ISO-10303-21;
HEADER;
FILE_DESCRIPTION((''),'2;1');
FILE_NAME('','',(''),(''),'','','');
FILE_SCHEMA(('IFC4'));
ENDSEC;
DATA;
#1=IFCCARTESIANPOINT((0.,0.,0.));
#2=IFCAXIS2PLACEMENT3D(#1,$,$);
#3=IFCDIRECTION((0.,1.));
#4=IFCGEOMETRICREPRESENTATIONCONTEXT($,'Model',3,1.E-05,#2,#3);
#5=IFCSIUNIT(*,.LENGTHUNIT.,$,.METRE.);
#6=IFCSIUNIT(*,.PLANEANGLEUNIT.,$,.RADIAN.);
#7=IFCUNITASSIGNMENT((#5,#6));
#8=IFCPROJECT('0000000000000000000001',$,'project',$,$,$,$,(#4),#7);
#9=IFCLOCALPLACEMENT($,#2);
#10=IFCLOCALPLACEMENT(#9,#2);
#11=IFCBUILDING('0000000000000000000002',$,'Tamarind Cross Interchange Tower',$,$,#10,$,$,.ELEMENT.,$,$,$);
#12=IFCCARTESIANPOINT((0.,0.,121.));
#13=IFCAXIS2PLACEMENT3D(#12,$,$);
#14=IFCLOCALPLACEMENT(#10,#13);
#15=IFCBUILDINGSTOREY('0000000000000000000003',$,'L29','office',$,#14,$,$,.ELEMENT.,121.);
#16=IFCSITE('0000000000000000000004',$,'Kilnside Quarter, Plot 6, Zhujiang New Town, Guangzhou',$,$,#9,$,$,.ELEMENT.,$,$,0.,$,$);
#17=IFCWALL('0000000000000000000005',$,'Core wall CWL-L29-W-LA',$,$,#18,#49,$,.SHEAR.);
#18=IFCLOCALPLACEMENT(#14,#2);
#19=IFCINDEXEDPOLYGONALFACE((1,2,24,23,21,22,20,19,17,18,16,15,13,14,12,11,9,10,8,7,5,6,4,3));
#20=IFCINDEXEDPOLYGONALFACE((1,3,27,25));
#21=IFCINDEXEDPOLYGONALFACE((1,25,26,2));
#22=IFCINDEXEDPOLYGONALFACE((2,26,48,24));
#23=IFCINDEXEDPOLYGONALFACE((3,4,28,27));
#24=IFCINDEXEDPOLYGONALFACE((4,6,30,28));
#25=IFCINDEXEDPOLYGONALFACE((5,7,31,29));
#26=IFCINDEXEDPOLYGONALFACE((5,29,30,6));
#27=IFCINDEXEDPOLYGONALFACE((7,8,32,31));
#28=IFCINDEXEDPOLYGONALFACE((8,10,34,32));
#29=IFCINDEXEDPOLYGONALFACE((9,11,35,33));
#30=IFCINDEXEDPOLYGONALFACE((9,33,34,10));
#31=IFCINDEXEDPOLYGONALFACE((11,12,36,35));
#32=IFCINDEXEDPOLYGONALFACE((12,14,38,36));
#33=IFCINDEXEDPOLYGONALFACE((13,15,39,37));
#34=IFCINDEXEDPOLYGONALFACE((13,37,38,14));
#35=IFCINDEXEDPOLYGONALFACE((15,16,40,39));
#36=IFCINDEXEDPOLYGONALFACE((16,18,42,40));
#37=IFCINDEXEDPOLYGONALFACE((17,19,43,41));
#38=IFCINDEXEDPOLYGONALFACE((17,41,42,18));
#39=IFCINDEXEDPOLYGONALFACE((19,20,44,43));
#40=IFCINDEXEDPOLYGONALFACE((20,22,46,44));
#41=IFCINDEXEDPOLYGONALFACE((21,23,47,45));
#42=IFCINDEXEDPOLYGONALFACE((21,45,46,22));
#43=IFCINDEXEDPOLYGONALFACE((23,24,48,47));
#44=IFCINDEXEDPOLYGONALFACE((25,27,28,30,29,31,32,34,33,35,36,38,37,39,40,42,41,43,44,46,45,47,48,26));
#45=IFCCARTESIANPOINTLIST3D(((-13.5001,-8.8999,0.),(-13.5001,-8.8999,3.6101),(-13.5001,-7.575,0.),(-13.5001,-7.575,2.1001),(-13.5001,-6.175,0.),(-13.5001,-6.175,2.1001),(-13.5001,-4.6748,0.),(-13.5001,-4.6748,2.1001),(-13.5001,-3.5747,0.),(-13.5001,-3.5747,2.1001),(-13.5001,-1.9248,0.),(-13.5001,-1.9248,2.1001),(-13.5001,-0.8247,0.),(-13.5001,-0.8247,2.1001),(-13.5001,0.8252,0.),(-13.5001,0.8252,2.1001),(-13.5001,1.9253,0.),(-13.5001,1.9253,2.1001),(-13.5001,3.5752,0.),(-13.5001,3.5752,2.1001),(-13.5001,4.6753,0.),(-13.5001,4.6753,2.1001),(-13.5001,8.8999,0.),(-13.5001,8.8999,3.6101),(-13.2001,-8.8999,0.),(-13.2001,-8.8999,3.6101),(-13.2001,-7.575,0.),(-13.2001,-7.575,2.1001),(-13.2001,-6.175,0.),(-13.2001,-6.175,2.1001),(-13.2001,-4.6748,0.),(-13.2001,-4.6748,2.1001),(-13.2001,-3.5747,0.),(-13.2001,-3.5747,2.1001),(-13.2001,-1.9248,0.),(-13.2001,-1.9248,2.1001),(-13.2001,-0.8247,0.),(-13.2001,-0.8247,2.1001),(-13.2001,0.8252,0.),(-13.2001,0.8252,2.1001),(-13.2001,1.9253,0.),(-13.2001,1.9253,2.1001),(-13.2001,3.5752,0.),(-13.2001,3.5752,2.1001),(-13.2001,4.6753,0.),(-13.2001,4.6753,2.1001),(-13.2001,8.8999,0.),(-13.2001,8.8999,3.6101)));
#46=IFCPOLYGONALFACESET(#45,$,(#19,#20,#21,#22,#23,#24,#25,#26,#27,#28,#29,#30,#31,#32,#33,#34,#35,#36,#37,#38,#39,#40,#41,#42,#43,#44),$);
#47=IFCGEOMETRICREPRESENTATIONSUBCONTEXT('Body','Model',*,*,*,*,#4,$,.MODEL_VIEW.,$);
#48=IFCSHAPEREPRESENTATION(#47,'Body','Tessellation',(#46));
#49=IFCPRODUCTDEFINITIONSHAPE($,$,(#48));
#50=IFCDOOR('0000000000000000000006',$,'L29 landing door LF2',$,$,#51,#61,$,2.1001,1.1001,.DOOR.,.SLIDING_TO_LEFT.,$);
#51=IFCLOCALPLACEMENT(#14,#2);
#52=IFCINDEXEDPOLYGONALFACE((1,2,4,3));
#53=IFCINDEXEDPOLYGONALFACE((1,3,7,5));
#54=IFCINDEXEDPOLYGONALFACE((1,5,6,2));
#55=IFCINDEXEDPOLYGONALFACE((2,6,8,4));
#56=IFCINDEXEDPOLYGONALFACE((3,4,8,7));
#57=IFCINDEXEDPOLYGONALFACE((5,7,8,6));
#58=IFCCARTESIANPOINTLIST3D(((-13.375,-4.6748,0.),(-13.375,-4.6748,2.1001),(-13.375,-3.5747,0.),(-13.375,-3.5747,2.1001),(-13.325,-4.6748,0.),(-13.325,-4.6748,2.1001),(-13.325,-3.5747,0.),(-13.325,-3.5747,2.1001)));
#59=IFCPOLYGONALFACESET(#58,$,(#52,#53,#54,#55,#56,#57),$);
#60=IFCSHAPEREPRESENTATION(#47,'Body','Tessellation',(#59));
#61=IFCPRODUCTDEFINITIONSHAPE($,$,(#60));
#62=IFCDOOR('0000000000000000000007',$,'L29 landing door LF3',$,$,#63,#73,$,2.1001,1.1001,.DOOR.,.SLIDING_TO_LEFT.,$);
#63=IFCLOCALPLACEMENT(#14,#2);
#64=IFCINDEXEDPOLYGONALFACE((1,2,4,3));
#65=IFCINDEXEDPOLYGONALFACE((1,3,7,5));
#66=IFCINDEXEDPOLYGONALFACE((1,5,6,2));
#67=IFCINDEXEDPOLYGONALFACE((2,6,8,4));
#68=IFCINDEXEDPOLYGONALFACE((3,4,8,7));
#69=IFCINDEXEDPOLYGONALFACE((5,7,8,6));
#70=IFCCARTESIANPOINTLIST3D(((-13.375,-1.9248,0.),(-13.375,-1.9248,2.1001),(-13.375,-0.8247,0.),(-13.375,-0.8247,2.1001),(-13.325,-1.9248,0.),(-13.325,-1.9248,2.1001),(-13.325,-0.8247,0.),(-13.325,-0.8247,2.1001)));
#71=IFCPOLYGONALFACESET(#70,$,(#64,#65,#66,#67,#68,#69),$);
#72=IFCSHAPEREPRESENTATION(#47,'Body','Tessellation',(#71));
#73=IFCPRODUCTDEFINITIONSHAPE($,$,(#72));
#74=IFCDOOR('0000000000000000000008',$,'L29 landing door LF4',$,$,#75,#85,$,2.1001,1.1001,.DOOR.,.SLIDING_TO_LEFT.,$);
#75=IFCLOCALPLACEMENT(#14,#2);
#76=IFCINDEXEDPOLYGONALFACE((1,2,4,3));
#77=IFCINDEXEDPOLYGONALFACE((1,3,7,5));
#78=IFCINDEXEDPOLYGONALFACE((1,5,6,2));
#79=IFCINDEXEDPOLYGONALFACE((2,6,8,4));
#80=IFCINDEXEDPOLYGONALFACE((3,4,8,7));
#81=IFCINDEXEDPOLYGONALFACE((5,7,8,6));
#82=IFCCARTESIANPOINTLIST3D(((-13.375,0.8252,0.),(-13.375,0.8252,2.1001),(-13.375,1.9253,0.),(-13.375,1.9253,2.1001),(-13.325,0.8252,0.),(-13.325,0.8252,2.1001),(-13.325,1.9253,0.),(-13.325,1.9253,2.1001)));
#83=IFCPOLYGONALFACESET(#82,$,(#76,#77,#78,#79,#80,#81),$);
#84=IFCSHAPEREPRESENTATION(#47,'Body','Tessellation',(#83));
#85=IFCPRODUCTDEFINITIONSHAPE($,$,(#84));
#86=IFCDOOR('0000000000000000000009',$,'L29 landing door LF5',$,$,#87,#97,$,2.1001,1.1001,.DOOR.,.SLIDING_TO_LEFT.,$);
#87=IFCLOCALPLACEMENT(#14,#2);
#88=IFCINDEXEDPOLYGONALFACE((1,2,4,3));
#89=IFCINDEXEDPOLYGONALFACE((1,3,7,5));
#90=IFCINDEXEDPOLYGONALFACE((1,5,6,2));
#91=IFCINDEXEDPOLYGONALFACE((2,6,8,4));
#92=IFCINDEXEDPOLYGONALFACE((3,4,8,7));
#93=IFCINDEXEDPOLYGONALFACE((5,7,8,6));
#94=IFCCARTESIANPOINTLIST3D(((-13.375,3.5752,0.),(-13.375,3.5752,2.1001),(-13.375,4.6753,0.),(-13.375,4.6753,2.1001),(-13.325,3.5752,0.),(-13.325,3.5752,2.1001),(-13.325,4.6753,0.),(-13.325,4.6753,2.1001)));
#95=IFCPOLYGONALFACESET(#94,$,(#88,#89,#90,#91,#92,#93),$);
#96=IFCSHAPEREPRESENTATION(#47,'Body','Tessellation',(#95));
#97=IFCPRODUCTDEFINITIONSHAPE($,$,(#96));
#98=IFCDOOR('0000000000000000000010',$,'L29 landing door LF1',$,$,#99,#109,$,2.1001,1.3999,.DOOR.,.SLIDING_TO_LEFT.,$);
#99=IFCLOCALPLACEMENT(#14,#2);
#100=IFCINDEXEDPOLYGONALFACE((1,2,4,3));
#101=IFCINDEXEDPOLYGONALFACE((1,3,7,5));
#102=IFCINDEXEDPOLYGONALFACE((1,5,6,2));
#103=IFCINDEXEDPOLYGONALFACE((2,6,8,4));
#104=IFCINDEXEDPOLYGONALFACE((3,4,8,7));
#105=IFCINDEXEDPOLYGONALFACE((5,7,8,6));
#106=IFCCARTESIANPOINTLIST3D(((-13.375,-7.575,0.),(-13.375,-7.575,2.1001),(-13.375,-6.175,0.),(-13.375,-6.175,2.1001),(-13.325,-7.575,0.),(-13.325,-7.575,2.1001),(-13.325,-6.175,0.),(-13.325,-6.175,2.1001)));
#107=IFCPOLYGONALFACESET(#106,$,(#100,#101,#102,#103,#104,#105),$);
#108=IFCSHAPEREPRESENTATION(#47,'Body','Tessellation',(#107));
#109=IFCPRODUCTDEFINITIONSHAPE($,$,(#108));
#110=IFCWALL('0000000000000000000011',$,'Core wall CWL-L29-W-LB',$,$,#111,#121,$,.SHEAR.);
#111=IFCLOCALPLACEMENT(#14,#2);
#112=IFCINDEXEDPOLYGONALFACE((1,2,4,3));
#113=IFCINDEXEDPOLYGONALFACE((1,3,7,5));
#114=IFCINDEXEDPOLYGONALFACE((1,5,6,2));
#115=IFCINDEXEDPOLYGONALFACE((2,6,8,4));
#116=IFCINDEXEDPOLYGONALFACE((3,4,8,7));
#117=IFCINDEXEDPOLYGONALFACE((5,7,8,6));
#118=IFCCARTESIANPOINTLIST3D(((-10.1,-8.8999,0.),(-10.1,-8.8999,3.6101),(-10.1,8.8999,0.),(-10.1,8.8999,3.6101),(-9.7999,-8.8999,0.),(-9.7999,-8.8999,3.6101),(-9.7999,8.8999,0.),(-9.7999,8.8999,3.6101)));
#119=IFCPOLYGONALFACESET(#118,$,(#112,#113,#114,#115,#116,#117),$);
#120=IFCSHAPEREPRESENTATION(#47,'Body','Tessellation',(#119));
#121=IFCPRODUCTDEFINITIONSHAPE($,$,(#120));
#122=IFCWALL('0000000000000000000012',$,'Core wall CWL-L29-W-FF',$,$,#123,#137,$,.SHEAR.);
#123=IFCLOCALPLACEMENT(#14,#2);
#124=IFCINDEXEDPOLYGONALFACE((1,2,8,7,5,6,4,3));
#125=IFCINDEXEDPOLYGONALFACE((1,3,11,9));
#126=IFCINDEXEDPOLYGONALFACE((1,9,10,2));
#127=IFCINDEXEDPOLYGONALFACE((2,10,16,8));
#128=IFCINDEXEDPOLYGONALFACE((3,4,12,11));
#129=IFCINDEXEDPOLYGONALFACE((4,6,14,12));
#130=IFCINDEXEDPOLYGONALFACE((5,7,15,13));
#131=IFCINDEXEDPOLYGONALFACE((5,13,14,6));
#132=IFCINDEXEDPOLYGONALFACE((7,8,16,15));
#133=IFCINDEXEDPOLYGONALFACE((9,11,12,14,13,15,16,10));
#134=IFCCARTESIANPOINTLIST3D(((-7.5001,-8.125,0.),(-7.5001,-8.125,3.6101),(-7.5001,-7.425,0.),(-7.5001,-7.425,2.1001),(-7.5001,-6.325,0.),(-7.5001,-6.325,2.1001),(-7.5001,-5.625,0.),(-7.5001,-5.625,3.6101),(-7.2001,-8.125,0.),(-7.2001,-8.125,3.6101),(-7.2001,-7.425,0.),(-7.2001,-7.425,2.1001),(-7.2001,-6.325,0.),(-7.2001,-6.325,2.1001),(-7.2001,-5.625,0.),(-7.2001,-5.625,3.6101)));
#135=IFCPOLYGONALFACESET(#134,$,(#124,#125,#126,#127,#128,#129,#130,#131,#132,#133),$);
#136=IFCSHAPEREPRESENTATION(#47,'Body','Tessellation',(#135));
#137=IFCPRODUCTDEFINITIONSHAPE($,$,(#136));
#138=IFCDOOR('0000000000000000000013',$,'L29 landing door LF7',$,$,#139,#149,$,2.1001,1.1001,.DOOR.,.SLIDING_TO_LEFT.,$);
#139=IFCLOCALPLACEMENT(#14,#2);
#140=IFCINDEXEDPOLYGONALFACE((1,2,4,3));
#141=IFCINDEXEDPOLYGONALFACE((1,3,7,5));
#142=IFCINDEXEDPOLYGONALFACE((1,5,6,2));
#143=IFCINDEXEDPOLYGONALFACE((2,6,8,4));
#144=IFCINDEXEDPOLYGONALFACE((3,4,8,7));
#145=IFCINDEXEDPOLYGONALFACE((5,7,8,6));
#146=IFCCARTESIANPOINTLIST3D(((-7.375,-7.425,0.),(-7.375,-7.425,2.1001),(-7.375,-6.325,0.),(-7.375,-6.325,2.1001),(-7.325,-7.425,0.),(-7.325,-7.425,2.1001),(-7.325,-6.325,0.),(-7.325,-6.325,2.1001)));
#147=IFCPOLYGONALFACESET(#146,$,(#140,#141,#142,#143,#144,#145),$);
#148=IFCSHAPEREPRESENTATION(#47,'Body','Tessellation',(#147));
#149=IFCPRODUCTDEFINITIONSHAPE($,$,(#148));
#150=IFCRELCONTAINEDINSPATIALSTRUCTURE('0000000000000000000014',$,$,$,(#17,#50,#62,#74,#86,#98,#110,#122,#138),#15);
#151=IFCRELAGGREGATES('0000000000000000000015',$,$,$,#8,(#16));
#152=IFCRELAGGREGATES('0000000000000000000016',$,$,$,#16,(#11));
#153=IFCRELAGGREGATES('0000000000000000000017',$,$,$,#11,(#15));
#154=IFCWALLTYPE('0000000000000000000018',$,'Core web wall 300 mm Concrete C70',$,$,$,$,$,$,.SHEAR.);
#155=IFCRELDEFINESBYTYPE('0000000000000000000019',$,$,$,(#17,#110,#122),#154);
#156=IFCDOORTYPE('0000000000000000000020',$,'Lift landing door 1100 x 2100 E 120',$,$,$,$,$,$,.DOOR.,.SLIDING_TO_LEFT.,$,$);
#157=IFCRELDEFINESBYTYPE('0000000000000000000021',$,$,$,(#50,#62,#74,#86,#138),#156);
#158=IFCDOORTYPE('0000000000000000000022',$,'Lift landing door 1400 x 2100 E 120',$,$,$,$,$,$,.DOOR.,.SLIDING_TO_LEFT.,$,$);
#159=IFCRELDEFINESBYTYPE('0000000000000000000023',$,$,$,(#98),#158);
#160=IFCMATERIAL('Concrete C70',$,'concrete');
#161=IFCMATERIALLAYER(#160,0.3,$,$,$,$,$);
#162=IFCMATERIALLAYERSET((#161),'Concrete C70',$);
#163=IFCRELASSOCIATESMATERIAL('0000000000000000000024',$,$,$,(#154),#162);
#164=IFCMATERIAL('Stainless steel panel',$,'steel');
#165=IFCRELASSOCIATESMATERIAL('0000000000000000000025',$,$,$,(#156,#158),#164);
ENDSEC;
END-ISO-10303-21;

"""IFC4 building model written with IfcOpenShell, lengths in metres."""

from ifc_helpers import new_model, si_unit, direction, frame, frame_2d, origin, place, context, subcontext, project, spatial, rectangle, extrude, material, layer, layer_set, type_object, element, fill, save


model = new_model("IFC4")

# Units and contexts
model_context = context("Model", 3, precision=1e-05, world=origin(), true_north=direction((0.0, 1.0)))
body_context = subcontext(model_context, "Body", "Model", "MODEL_VIEW")
ifc_project = project(units=[si_unit("LENGTHUNIT", "METRE"), si_unit("PLANEANGLEUNIT", "RADIAN")], contexts=[model_context])

# Site, building, storey
site_placement = place(None, origin())
site = spatial("IfcSite", under=ifc_project, at=site_placement, Name="Kilnside Quarter, Plot 6, Zhujiang New Town, Guangzhou", CompositionType="ELEMENT", RefElevation=0.0)
building_placement = place(site_placement, origin())
building = spatial("IfcBuilding", under=site, at=building_placement, Name="Tamarind Cross Interchange Tower", CompositionType="ELEMENT")
storey_placement = place(building_placement, frame((0.0, 0.0, 121.0)))
storey = spatial("IfcBuildingStorey", under=building, at=storey_placement, Name="L29", Description="office", CompositionType="ELEMENT", Elevation=121.0)

# Shared definitions
ifc_material_1 = material(Name="Concrete C70", Category="concrete")

# Shared definitions
ifc_layer_1 = layer(ifc_material_1, 0.3)
ifc_layer_set_1 = layer_set([ifc_layer_1], Name="Concrete C70")
wall_type_1 = type_object("IfcWallType", Name="Core web wall 300 mm Concrete C70", PredefinedType="SHEAR", material=ifc_layer_set_1)

# Wall, openings, doors
wall_1_placement = place(storey_placement, frame((-13.3501, -8.8999, 0.0), z_axis=(0.0, 0.0, 1.0), x_axis=(0.0, 1.0, 0.0)))
wall_1 = element("IfcWall", 1, at=wall_1_placement, inside=storey, type_object=wall_type_1, Name="Core wall CWL-L29-W-LA", PredefinedType="SHEAR", context=body_context, shape_type="SweptSolid", body=[
    extrude(rectangle(XDim=17.7998, YDim=0.3, at=frame_2d((8.8999, 0.0))), origin(), (0.0, 0.0, 1.0), 3.6101),
])
opening_1_placement = place(wall_1_placement, frame((1.325, 0.0, 0.0)))
opening_1 = element("IfcOpeningElement", 2, at=opening_1_placement, cuts=wall_1, PredefinedType="OPENING", context=body_context, shape_type="SweptSolid", body=[
    extrude(rectangle(XDim=1.3999, YDim=2.1001, at=frame_2d((0.7, 1.05))), frame((0.0, 0.1599, 0.0), z_axis=(0.0, -1.0, 0.0), x_axis=(1.0, 0.0, 0.0)), (0.0, 0.0, 1.0), 0.3201),
])
opening_2_placement = place(wall_1_placement, frame((4.2251, 0.0, 0.0)))
opening_2 = element("IfcOpeningElement", 3, at=opening_2_placement, cuts=wall_1, PredefinedType="OPENING", context=body_context, shape_type="SweptSolid", body=[
    extrude(rectangle(XDim=1.1001, YDim=2.1001, at=frame_2d((0.55, 1.05))), frame((0.0, 0.1599, 0.0), z_axis=(0.0, -1.0, 0.0), x_axis=(1.0, 0.0, 0.0)), (0.0, 0.0, 1.0), 0.3201),
])
opening_3_placement = place(wall_1_placement, frame((6.9751, 0.0, 0.0)))
opening_3 = element("IfcOpeningElement", 4, at=opening_3_placement, cuts=wall_1, PredefinedType="OPENING", context=body_context, shape_type="SweptSolid", body=[
    extrude(rectangle(XDim=1.1001, YDim=2.1001, at=frame_2d((0.55, 1.05))), frame((0.0, 0.1599, 0.0), z_axis=(0.0, -1.0, 0.0), x_axis=(1.0, 0.0, 0.0)), (0.0, 0.0, 1.0), 0.3201),
])
opening_4_placement = place(wall_1_placement, frame((9.7251, 0.0, 0.0)))
opening_4 = element("IfcOpeningElement", 5, at=opening_4_placement, cuts=wall_1, PredefinedType="OPENING", context=body_context, shape_type="SweptSolid", body=[
    extrude(rectangle(XDim=1.1001, YDim=2.1001, at=frame_2d((0.55, 1.05))), frame((0.0, 0.1599, 0.0), z_axis=(0.0, -1.0, 0.0), x_axis=(1.0, 0.0, 0.0)), (0.0, 0.0, 1.0), 0.3201),
])
opening_5_placement = place(wall_1_placement, frame((12.4751, 0.0, 0.0)))
opening_5 = element("IfcOpeningElement", 6, at=opening_5_placement, cuts=wall_1, PredefinedType="OPENING", context=body_context, shape_type="SweptSolid", body=[
    extrude(rectangle(XDim=1.1001, YDim=2.1001, at=frame_2d((0.55, 1.05))), frame((0.0, 0.1599, 0.0), z_axis=(0.0, -1.0, 0.0), x_axis=(1.0, 0.0, 0.0)), (0.0, 0.0, 1.0), 0.3201),
])
ifc_material_2 = material(Name="Stainless steel panel", Category="steel")
door_type_1 = type_object("IfcDoorType", Name="Lift landing door 1100 x 2100 E 120", OperationType="SLIDING_TO_LEFT", PredefinedType="DOOR", material=ifc_material_2)
door_1_placement = place(opening_2_placement, origin())
door_1 = element("IfcDoor", 7, at=door_1_placement, inside=storey, type_object=door_type_1, Name="L29 landing door LF2", OperationType="SLIDING_TO_LEFT", OverallHeight=2.1001, OverallWidth=1.1001, PredefinedType="DOOR", context=body_context, shape_type="SweptSolid", body=[
    extrude(rectangle(XDim=1.1001, YDim=2.1001, at=frame_2d((0.55, 1.05))), frame((0.0, 0.0249, 0.0), z_axis=(0.0, -1.0, 0.0), x_axis=(1.0, 0.0, 0.0)), (0.0, 0.0, 1.0), 0.05),
])
fill(opening_2, door_1)
door_2_placement = place(opening_3_placement, origin())
door_2 = element("IfcDoor", 8, at=door_2_placement, inside=storey, type_object=door_type_1, Name="L29 landing door LF3", OperationType="SLIDING_TO_LEFT", OverallHeight=2.1001, OverallWidth=1.1001, PredefinedType="DOOR", context=body_context, shape_type="SweptSolid", body=[
    extrude(rectangle(XDim=1.1001, YDim=2.1001, at=frame_2d((0.55, 1.05))), frame((0.0, 0.0249, 0.0), z_axis=(0.0, -1.0, 0.0), x_axis=(1.0, 0.0, 0.0)), (0.0, 0.0, 1.0), 0.05),
])
fill(opening_3, door_2)
door_3_placement = place(opening_4_placement, origin())
door_3 = element("IfcDoor", 9, at=door_3_placement, inside=storey, type_object=door_type_1, Name="L29 landing door LF4", OperationType="SLIDING_TO_LEFT", OverallHeight=2.1001, OverallWidth=1.1001, PredefinedType="DOOR", context=body_context, shape_type="SweptSolid", body=[
    extrude(rectangle(XDim=1.1001, YDim=2.1001, at=frame_2d((0.55, 1.05))), frame((0.0, 0.0249, 0.0), z_axis=(0.0, -1.0, 0.0), x_axis=(1.0, 0.0, 0.0)), (0.0, 0.0, 1.0), 0.05),
])
fill(opening_4, door_3)
door_4_placement = place(opening_5_placement, origin())
door_4 = element("IfcDoor", 10, at=door_4_placement, inside=storey, type_object=door_type_1, Name="L29 landing door LF5", OperationType="SLIDING_TO_LEFT", OverallHeight=2.1001, OverallWidth=1.1001, PredefinedType="DOOR", context=body_context, shape_type="SweptSolid", body=[
    extrude(rectangle(XDim=1.1001, YDim=2.1001, at=frame_2d((0.55, 1.05))), frame((0.0, 0.0249, 0.0), z_axis=(0.0, -1.0, 0.0), x_axis=(1.0, 0.0, 0.0)), (0.0, 0.0, 1.0), 0.05),
])
fill(opening_5, door_4)
door_type_2 = type_object("IfcDoorType", Name="Lift landing door 1400 x 2100 E 120", OperationType="SLIDING_TO_LEFT", PredefinedType="DOOR", material=ifc_material_2)
door_5_placement = place(opening_1_placement, origin())
door_5 = element("IfcDoor", 11, at=door_5_placement, inside=storey, type_object=door_type_2, Name="L29 landing door LF1", OperationType="SLIDING_TO_LEFT", OverallHeight=2.1001, OverallWidth=1.3999, PredefinedType="DOOR", context=body_context, shape_type="SweptSolid", body=[
    extrude(rectangle(XDim=1.3999, YDim=2.1001, at=frame_2d((0.7, 1.05))), frame((0.0, 0.0249, 0.0), z_axis=(0.0, -1.0, 0.0), x_axis=(1.0, 0.0, 0.0)), (0.0, 0.0, 1.0), 0.05),
])
fill(opening_1, door_5)

# Wall
wall_2_placement = place(storey_placement, frame((-9.95, -8.8999, 0.0), z_axis=(0.0, 0.0, 1.0), x_axis=(0.0, 1.0, 0.0)))
element("IfcWall", 12, at=wall_2_placement, inside=storey, type_object=wall_type_1, Name="Core wall CWL-L29-W-LB", PredefinedType="SHEAR", context=body_context, shape_type="SweptSolid", body=[
    extrude(rectangle(XDim=17.7998, YDim=0.3, at=frame_2d((8.8999, 0.0))), origin(), (0.0, 0.0, 1.0), 3.6101),
])

# Wall, opening, door
wall_3_placement = place(storey_placement, frame((-7.3501, -8.125, 0.0), z_axis=(0.0, 0.0, 1.0), x_axis=(0.0, 1.0, 0.0)))
wall_3 = element("IfcWall", 13, at=wall_3_placement, inside=storey, type_object=wall_type_1, Name="Core wall CWL-L29-W-FF", PredefinedType="SHEAR", context=body_context, shape_type="SweptSolid", body=[
    extrude(rectangle(XDim=2.5, YDim=0.3, at=frame_2d((1.25, 0.0))), origin(), (0.0, 0.0, 1.0), 3.6101),
])
opening_6_placement = place(wall_3_placement, frame((0.7, 0.0, 0.0)))
opening_6 = element("IfcOpeningElement", 14, at=opening_6_placement, cuts=wall_3, PredefinedType="OPENING", context=body_context, shape_type="SweptSolid", body=[
    extrude(rectangle(XDim=1.1001, YDim=2.1001, at=frame_2d((0.55, 1.05))), frame((0.0, 0.1599, 0.0), z_axis=(0.0, -1.0, 0.0), x_axis=(1.0, 0.0, 0.0)), (0.0, 0.0, 1.0), 0.3201),
])
door_6_placement = place(opening_6_placement, origin())
door_6 = element("IfcDoor", 15, at=door_6_placement, inside=storey, type_object=door_type_1, Name="L29 landing door LF7", OperationType="SLIDING_TO_LEFT", OverallHeight=2.1001, OverallWidth=1.1001, PredefinedType="DOOR", context=body_context, shape_type="SweptSolid", body=[
    extrude(rectangle(XDim=1.1001, YDim=2.1001, at=frame_2d((0.55, 1.05))), frame((0.0, 0.0249, 0.0), z_axis=(0.0, -1.0, 0.0), x_axis=(1.0, 0.0, 0.0)), (0.0, 0.0, 1.0), 0.05),
])
fill(opening_6, door_6)

save(model, "model.ifc")
